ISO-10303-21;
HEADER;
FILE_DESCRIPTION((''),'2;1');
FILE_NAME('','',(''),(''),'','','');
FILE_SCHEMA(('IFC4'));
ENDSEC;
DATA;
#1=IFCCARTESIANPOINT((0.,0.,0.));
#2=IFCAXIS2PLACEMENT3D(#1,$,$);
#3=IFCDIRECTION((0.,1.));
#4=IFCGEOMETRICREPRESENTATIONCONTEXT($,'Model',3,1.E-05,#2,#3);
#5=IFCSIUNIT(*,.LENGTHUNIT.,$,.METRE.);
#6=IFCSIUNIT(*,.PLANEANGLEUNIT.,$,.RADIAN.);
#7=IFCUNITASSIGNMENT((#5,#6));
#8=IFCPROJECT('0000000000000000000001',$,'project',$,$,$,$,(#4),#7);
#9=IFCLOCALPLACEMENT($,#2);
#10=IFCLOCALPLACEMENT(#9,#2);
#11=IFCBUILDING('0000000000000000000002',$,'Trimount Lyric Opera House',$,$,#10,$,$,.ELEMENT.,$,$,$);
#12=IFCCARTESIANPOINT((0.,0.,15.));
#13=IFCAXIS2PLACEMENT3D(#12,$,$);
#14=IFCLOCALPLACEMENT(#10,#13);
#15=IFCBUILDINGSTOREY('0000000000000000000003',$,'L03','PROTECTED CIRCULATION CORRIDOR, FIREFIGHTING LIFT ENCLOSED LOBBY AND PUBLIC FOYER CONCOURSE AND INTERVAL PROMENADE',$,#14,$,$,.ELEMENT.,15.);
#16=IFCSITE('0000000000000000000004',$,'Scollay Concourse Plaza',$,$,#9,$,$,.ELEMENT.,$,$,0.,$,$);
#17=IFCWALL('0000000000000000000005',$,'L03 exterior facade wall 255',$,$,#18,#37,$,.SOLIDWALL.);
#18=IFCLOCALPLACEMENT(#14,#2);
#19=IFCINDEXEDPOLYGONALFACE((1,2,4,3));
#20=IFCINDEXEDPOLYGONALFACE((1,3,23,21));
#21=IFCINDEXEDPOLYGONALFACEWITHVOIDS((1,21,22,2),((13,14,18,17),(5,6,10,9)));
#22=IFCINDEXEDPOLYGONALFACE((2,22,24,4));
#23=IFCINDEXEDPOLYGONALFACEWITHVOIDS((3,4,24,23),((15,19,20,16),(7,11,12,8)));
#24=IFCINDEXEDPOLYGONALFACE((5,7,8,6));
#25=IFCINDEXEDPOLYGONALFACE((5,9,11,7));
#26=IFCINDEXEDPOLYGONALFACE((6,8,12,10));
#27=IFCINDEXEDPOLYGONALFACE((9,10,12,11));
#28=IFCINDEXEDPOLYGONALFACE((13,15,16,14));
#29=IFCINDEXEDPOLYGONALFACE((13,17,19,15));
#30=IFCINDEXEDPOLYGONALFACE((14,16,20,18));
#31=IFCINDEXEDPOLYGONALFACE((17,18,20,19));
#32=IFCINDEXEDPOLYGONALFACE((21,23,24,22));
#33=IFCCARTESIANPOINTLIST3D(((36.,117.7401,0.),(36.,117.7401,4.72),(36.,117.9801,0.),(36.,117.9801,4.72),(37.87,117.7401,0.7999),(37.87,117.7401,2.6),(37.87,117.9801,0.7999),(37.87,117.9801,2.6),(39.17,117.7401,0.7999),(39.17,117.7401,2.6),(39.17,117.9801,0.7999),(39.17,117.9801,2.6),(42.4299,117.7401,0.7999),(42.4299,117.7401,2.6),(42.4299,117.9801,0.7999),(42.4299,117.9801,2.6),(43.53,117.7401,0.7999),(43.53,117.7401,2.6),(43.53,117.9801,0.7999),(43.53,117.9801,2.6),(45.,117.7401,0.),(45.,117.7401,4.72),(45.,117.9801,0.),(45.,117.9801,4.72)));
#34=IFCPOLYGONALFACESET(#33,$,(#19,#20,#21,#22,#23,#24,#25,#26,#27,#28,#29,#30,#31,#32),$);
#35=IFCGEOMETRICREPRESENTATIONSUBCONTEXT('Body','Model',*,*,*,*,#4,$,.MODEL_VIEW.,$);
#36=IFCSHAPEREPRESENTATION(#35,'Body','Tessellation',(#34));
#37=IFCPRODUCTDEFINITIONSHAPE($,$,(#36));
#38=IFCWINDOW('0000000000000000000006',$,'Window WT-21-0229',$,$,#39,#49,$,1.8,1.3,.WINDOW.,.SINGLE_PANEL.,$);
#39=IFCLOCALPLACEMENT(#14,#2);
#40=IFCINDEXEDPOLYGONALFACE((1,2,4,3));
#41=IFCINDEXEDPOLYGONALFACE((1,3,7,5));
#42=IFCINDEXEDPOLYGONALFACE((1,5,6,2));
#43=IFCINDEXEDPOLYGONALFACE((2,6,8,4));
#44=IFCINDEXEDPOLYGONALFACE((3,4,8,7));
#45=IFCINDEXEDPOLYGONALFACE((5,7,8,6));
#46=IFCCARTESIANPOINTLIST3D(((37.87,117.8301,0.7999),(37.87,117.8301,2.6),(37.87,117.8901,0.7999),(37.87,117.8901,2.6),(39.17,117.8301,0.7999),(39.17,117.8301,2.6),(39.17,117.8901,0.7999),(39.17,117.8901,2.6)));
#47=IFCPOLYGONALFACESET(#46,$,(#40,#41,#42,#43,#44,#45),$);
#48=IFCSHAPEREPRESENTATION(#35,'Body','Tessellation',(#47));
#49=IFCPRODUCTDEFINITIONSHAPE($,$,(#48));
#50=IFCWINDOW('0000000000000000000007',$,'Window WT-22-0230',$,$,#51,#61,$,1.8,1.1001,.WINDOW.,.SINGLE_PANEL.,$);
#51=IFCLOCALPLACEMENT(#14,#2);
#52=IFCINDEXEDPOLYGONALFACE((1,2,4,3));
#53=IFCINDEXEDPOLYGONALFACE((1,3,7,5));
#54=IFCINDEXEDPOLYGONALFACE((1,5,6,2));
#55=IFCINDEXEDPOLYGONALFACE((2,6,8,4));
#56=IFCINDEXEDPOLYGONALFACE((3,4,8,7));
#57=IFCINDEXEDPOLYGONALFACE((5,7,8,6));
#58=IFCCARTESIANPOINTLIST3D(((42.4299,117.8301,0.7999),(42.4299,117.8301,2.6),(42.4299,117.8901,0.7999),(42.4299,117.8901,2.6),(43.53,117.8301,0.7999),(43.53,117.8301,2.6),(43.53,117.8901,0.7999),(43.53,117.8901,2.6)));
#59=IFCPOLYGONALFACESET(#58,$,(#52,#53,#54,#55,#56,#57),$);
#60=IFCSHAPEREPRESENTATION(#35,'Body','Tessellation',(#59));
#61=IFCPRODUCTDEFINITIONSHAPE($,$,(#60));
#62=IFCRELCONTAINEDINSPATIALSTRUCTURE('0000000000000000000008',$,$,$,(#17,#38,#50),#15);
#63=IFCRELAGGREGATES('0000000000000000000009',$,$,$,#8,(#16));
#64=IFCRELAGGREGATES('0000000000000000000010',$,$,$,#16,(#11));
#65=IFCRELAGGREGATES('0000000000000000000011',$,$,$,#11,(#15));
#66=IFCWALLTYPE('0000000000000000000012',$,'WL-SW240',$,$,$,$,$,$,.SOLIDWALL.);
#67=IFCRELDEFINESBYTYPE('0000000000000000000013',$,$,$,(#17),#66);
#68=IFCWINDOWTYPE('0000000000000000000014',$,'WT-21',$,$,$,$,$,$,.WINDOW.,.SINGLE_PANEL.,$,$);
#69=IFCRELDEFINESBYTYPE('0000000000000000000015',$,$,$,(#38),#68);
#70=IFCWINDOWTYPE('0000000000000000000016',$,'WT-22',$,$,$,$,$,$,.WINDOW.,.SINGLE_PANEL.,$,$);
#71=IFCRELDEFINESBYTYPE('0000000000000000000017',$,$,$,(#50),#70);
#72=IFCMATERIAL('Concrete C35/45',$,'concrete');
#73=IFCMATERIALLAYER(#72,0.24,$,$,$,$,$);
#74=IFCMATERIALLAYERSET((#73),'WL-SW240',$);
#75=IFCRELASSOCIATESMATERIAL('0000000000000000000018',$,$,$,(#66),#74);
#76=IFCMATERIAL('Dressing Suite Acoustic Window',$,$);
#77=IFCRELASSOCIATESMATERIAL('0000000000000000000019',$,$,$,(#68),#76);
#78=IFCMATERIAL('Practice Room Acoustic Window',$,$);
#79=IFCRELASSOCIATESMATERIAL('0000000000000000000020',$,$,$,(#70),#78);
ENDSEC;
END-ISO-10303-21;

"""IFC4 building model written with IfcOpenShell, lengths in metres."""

from ifc_helpers import new_model, si_unit, direction, frame, frame_2d, origin, place, context, subcontext, project, spatial, rectangle, extrude, material, layer, layer_set, type_object, element, fill, save


model = new_model("IFC4")

# Units and contexts
model_context = context("Model", 3, precision=1e-05, world=origin(), true_north=direction((0.0, 1.0)))
body_context = subcontext(model_context, "Body", "Model", "MODEL_VIEW")
ifc_project = project(units=[si_unit("LENGTHUNIT", "METRE"), si_unit("PLANEANGLEUNIT", "RADIAN")], contexts=[model_context])

# Site, building, storey
site_placement = place(None, origin())
site = spatial("IfcSite", under=ifc_project, at=site_placement, Name="Scollay Concourse Plaza", CompositionType="ELEMENT", RefElevation=0.0)
building_placement = place(site_placement, origin())
building = spatial("IfcBuilding", under=site, at=building_placement, Name="Trimount Lyric Opera House", CompositionType="ELEMENT")
storey_placement = place(building_placement, frame((0.0, 0.0, 15.0)))
storey = spatial("IfcBuildingStorey", under=building, at=storey_placement, Name="L03", Description="PROTECTED CIRCULATION CORRIDOR, FIREFIGHTING LIFT ENCLOSED LOBBY AND PUBLIC FOYER CONCOURSE AND INTERVAL PROMENADE", CompositionType="ELEMENT", Elevation=15.0)

# Wall, openings, windows
ifc_material_1 = material(Name="Concrete C35/45", Category="concrete")
ifc_layer_1 = layer(ifc_material_1, 0.24)
ifc_layer_set_1 = layer_set([ifc_layer_1], Name="WL-SW240")
wall_type_1 = type_object("IfcWallType", Name="WL-SW240", PredefinedType="SOLIDWALL", material=ifc_layer_set_1)
wall_1_placement = place(storey_placement, frame((36.0, 117.8601, 0.0), z_axis=(0.0, 0.0, 1.0), x_axis=(1.0, 0.0, 0.0)))
wall_1 = element("IfcWall", 1, at=wall_1_placement, inside=storey, type_object=wall_type_1, Name="L03 exterior facade wall 255", PredefinedType="SOLIDWALL", context=body_context, shape_type="SweptSolid", body=[
    extrude(rectangle(XDim=9.0, YDim=0.24, at=frame_2d((4.5, 0.0))), origin(), (0.0, 0.0, 1.0), 4.72),
])
opening_1_placement = place(wall_1_placement, frame((1.8701, 0.0, 0.8)))
opening_1 = element("IfcOpeningElement", 2, at=opening_1_placement, cuts=wall_1, PredefinedType="OPENING", context=body_context, shape_type="SweptSolid", body=[
    extrude(rectangle(XDim=1.3, YDim=1.8, at=frame_2d((0.6499, 0.8999))), frame((0.0, 0.1299, 0.0), z_axis=(0.0, -1.0, 0.0), x_axis=(1.0, 0.0, 0.0)), (0.0, 0.0, 1.0), 0.26),
])
opening_2_placement = place(wall_1_placement, frame((6.4299, 0.0, 0.8)))
opening_2 = element("IfcOpeningElement", 3, at=opening_2_placement, cuts=wall_1, PredefinedType="OPENING", context=body_context, shape_type="SweptSolid", body=[
    extrude(rectangle(XDim=1.1001, YDim=1.8, at=frame_2d((0.55, 0.8999))), frame((0.0, 0.1299, 0.0), z_axis=(0.0, -1.0, 0.0), x_axis=(1.0, 0.0, 0.0)), (0.0, 0.0, 1.0), 0.26),
])
ifc_material_2 = material(Name="Dressing Suite Acoustic Window")
window_type_1 = type_object("IfcWindowType", Name="WT-21", PartitioningType="SINGLE_PANEL", PredefinedType="WINDOW", material=ifc_material_2)
window_1_placement = place(opening_1_placement, origin())
window_1 = element("IfcWindow", 4, at=window_1_placement, inside=storey, type_object=window_type_1, Name="Window WT-21-0229", OverallHeight=1.8, OverallWidth=1.3, PartitioningType="SINGLE_PANEL", PredefinedType="WINDOW", context=body_context, shape_type="SweptSolid", body=[
    extrude(rectangle(XDim=1.3, YDim=1.8, at=frame_2d((0.6499, 0.8999))), frame((0.0, 0.03, 0.0), z_axis=(0.0, -1.0, 0.0), x_axis=(1.0, 0.0, 0.0)), (0.0, 0.0, 1.0), 0.0601),
])
fill(opening_1, window_1)
ifc_material_3 = material(Name="Practice Room Acoustic Window")
window_type_2 = type_object("IfcWindowType", Name="WT-22", PartitioningType="SINGLE_PANEL", PredefinedType="WINDOW", material=ifc_material_3)
window_2_placement = place(opening_2_placement, origin())
window_2 = element("IfcWindow", 5, at=window_2_placement, inside=storey, type_object=window_type_2, Name="Window WT-22-0230", OverallHeight=1.8, OverallWidth=1.1001, PartitioningType="SINGLE_PANEL", PredefinedType="WINDOW", context=body_context, shape_type="SweptSolid", body=[
    extrude(rectangle(XDim=1.1001, YDim=1.8, at=frame_2d((0.55, 0.8999))), frame((0.0, 0.03, 0.0), z_axis=(0.0, -1.0, 0.0), x_axis=(1.0, 0.0, 0.0)), (0.0, 0.0, 1.0), 0.0601),
])
fill(opening_2, window_2)

save(model, "model.ifc")
